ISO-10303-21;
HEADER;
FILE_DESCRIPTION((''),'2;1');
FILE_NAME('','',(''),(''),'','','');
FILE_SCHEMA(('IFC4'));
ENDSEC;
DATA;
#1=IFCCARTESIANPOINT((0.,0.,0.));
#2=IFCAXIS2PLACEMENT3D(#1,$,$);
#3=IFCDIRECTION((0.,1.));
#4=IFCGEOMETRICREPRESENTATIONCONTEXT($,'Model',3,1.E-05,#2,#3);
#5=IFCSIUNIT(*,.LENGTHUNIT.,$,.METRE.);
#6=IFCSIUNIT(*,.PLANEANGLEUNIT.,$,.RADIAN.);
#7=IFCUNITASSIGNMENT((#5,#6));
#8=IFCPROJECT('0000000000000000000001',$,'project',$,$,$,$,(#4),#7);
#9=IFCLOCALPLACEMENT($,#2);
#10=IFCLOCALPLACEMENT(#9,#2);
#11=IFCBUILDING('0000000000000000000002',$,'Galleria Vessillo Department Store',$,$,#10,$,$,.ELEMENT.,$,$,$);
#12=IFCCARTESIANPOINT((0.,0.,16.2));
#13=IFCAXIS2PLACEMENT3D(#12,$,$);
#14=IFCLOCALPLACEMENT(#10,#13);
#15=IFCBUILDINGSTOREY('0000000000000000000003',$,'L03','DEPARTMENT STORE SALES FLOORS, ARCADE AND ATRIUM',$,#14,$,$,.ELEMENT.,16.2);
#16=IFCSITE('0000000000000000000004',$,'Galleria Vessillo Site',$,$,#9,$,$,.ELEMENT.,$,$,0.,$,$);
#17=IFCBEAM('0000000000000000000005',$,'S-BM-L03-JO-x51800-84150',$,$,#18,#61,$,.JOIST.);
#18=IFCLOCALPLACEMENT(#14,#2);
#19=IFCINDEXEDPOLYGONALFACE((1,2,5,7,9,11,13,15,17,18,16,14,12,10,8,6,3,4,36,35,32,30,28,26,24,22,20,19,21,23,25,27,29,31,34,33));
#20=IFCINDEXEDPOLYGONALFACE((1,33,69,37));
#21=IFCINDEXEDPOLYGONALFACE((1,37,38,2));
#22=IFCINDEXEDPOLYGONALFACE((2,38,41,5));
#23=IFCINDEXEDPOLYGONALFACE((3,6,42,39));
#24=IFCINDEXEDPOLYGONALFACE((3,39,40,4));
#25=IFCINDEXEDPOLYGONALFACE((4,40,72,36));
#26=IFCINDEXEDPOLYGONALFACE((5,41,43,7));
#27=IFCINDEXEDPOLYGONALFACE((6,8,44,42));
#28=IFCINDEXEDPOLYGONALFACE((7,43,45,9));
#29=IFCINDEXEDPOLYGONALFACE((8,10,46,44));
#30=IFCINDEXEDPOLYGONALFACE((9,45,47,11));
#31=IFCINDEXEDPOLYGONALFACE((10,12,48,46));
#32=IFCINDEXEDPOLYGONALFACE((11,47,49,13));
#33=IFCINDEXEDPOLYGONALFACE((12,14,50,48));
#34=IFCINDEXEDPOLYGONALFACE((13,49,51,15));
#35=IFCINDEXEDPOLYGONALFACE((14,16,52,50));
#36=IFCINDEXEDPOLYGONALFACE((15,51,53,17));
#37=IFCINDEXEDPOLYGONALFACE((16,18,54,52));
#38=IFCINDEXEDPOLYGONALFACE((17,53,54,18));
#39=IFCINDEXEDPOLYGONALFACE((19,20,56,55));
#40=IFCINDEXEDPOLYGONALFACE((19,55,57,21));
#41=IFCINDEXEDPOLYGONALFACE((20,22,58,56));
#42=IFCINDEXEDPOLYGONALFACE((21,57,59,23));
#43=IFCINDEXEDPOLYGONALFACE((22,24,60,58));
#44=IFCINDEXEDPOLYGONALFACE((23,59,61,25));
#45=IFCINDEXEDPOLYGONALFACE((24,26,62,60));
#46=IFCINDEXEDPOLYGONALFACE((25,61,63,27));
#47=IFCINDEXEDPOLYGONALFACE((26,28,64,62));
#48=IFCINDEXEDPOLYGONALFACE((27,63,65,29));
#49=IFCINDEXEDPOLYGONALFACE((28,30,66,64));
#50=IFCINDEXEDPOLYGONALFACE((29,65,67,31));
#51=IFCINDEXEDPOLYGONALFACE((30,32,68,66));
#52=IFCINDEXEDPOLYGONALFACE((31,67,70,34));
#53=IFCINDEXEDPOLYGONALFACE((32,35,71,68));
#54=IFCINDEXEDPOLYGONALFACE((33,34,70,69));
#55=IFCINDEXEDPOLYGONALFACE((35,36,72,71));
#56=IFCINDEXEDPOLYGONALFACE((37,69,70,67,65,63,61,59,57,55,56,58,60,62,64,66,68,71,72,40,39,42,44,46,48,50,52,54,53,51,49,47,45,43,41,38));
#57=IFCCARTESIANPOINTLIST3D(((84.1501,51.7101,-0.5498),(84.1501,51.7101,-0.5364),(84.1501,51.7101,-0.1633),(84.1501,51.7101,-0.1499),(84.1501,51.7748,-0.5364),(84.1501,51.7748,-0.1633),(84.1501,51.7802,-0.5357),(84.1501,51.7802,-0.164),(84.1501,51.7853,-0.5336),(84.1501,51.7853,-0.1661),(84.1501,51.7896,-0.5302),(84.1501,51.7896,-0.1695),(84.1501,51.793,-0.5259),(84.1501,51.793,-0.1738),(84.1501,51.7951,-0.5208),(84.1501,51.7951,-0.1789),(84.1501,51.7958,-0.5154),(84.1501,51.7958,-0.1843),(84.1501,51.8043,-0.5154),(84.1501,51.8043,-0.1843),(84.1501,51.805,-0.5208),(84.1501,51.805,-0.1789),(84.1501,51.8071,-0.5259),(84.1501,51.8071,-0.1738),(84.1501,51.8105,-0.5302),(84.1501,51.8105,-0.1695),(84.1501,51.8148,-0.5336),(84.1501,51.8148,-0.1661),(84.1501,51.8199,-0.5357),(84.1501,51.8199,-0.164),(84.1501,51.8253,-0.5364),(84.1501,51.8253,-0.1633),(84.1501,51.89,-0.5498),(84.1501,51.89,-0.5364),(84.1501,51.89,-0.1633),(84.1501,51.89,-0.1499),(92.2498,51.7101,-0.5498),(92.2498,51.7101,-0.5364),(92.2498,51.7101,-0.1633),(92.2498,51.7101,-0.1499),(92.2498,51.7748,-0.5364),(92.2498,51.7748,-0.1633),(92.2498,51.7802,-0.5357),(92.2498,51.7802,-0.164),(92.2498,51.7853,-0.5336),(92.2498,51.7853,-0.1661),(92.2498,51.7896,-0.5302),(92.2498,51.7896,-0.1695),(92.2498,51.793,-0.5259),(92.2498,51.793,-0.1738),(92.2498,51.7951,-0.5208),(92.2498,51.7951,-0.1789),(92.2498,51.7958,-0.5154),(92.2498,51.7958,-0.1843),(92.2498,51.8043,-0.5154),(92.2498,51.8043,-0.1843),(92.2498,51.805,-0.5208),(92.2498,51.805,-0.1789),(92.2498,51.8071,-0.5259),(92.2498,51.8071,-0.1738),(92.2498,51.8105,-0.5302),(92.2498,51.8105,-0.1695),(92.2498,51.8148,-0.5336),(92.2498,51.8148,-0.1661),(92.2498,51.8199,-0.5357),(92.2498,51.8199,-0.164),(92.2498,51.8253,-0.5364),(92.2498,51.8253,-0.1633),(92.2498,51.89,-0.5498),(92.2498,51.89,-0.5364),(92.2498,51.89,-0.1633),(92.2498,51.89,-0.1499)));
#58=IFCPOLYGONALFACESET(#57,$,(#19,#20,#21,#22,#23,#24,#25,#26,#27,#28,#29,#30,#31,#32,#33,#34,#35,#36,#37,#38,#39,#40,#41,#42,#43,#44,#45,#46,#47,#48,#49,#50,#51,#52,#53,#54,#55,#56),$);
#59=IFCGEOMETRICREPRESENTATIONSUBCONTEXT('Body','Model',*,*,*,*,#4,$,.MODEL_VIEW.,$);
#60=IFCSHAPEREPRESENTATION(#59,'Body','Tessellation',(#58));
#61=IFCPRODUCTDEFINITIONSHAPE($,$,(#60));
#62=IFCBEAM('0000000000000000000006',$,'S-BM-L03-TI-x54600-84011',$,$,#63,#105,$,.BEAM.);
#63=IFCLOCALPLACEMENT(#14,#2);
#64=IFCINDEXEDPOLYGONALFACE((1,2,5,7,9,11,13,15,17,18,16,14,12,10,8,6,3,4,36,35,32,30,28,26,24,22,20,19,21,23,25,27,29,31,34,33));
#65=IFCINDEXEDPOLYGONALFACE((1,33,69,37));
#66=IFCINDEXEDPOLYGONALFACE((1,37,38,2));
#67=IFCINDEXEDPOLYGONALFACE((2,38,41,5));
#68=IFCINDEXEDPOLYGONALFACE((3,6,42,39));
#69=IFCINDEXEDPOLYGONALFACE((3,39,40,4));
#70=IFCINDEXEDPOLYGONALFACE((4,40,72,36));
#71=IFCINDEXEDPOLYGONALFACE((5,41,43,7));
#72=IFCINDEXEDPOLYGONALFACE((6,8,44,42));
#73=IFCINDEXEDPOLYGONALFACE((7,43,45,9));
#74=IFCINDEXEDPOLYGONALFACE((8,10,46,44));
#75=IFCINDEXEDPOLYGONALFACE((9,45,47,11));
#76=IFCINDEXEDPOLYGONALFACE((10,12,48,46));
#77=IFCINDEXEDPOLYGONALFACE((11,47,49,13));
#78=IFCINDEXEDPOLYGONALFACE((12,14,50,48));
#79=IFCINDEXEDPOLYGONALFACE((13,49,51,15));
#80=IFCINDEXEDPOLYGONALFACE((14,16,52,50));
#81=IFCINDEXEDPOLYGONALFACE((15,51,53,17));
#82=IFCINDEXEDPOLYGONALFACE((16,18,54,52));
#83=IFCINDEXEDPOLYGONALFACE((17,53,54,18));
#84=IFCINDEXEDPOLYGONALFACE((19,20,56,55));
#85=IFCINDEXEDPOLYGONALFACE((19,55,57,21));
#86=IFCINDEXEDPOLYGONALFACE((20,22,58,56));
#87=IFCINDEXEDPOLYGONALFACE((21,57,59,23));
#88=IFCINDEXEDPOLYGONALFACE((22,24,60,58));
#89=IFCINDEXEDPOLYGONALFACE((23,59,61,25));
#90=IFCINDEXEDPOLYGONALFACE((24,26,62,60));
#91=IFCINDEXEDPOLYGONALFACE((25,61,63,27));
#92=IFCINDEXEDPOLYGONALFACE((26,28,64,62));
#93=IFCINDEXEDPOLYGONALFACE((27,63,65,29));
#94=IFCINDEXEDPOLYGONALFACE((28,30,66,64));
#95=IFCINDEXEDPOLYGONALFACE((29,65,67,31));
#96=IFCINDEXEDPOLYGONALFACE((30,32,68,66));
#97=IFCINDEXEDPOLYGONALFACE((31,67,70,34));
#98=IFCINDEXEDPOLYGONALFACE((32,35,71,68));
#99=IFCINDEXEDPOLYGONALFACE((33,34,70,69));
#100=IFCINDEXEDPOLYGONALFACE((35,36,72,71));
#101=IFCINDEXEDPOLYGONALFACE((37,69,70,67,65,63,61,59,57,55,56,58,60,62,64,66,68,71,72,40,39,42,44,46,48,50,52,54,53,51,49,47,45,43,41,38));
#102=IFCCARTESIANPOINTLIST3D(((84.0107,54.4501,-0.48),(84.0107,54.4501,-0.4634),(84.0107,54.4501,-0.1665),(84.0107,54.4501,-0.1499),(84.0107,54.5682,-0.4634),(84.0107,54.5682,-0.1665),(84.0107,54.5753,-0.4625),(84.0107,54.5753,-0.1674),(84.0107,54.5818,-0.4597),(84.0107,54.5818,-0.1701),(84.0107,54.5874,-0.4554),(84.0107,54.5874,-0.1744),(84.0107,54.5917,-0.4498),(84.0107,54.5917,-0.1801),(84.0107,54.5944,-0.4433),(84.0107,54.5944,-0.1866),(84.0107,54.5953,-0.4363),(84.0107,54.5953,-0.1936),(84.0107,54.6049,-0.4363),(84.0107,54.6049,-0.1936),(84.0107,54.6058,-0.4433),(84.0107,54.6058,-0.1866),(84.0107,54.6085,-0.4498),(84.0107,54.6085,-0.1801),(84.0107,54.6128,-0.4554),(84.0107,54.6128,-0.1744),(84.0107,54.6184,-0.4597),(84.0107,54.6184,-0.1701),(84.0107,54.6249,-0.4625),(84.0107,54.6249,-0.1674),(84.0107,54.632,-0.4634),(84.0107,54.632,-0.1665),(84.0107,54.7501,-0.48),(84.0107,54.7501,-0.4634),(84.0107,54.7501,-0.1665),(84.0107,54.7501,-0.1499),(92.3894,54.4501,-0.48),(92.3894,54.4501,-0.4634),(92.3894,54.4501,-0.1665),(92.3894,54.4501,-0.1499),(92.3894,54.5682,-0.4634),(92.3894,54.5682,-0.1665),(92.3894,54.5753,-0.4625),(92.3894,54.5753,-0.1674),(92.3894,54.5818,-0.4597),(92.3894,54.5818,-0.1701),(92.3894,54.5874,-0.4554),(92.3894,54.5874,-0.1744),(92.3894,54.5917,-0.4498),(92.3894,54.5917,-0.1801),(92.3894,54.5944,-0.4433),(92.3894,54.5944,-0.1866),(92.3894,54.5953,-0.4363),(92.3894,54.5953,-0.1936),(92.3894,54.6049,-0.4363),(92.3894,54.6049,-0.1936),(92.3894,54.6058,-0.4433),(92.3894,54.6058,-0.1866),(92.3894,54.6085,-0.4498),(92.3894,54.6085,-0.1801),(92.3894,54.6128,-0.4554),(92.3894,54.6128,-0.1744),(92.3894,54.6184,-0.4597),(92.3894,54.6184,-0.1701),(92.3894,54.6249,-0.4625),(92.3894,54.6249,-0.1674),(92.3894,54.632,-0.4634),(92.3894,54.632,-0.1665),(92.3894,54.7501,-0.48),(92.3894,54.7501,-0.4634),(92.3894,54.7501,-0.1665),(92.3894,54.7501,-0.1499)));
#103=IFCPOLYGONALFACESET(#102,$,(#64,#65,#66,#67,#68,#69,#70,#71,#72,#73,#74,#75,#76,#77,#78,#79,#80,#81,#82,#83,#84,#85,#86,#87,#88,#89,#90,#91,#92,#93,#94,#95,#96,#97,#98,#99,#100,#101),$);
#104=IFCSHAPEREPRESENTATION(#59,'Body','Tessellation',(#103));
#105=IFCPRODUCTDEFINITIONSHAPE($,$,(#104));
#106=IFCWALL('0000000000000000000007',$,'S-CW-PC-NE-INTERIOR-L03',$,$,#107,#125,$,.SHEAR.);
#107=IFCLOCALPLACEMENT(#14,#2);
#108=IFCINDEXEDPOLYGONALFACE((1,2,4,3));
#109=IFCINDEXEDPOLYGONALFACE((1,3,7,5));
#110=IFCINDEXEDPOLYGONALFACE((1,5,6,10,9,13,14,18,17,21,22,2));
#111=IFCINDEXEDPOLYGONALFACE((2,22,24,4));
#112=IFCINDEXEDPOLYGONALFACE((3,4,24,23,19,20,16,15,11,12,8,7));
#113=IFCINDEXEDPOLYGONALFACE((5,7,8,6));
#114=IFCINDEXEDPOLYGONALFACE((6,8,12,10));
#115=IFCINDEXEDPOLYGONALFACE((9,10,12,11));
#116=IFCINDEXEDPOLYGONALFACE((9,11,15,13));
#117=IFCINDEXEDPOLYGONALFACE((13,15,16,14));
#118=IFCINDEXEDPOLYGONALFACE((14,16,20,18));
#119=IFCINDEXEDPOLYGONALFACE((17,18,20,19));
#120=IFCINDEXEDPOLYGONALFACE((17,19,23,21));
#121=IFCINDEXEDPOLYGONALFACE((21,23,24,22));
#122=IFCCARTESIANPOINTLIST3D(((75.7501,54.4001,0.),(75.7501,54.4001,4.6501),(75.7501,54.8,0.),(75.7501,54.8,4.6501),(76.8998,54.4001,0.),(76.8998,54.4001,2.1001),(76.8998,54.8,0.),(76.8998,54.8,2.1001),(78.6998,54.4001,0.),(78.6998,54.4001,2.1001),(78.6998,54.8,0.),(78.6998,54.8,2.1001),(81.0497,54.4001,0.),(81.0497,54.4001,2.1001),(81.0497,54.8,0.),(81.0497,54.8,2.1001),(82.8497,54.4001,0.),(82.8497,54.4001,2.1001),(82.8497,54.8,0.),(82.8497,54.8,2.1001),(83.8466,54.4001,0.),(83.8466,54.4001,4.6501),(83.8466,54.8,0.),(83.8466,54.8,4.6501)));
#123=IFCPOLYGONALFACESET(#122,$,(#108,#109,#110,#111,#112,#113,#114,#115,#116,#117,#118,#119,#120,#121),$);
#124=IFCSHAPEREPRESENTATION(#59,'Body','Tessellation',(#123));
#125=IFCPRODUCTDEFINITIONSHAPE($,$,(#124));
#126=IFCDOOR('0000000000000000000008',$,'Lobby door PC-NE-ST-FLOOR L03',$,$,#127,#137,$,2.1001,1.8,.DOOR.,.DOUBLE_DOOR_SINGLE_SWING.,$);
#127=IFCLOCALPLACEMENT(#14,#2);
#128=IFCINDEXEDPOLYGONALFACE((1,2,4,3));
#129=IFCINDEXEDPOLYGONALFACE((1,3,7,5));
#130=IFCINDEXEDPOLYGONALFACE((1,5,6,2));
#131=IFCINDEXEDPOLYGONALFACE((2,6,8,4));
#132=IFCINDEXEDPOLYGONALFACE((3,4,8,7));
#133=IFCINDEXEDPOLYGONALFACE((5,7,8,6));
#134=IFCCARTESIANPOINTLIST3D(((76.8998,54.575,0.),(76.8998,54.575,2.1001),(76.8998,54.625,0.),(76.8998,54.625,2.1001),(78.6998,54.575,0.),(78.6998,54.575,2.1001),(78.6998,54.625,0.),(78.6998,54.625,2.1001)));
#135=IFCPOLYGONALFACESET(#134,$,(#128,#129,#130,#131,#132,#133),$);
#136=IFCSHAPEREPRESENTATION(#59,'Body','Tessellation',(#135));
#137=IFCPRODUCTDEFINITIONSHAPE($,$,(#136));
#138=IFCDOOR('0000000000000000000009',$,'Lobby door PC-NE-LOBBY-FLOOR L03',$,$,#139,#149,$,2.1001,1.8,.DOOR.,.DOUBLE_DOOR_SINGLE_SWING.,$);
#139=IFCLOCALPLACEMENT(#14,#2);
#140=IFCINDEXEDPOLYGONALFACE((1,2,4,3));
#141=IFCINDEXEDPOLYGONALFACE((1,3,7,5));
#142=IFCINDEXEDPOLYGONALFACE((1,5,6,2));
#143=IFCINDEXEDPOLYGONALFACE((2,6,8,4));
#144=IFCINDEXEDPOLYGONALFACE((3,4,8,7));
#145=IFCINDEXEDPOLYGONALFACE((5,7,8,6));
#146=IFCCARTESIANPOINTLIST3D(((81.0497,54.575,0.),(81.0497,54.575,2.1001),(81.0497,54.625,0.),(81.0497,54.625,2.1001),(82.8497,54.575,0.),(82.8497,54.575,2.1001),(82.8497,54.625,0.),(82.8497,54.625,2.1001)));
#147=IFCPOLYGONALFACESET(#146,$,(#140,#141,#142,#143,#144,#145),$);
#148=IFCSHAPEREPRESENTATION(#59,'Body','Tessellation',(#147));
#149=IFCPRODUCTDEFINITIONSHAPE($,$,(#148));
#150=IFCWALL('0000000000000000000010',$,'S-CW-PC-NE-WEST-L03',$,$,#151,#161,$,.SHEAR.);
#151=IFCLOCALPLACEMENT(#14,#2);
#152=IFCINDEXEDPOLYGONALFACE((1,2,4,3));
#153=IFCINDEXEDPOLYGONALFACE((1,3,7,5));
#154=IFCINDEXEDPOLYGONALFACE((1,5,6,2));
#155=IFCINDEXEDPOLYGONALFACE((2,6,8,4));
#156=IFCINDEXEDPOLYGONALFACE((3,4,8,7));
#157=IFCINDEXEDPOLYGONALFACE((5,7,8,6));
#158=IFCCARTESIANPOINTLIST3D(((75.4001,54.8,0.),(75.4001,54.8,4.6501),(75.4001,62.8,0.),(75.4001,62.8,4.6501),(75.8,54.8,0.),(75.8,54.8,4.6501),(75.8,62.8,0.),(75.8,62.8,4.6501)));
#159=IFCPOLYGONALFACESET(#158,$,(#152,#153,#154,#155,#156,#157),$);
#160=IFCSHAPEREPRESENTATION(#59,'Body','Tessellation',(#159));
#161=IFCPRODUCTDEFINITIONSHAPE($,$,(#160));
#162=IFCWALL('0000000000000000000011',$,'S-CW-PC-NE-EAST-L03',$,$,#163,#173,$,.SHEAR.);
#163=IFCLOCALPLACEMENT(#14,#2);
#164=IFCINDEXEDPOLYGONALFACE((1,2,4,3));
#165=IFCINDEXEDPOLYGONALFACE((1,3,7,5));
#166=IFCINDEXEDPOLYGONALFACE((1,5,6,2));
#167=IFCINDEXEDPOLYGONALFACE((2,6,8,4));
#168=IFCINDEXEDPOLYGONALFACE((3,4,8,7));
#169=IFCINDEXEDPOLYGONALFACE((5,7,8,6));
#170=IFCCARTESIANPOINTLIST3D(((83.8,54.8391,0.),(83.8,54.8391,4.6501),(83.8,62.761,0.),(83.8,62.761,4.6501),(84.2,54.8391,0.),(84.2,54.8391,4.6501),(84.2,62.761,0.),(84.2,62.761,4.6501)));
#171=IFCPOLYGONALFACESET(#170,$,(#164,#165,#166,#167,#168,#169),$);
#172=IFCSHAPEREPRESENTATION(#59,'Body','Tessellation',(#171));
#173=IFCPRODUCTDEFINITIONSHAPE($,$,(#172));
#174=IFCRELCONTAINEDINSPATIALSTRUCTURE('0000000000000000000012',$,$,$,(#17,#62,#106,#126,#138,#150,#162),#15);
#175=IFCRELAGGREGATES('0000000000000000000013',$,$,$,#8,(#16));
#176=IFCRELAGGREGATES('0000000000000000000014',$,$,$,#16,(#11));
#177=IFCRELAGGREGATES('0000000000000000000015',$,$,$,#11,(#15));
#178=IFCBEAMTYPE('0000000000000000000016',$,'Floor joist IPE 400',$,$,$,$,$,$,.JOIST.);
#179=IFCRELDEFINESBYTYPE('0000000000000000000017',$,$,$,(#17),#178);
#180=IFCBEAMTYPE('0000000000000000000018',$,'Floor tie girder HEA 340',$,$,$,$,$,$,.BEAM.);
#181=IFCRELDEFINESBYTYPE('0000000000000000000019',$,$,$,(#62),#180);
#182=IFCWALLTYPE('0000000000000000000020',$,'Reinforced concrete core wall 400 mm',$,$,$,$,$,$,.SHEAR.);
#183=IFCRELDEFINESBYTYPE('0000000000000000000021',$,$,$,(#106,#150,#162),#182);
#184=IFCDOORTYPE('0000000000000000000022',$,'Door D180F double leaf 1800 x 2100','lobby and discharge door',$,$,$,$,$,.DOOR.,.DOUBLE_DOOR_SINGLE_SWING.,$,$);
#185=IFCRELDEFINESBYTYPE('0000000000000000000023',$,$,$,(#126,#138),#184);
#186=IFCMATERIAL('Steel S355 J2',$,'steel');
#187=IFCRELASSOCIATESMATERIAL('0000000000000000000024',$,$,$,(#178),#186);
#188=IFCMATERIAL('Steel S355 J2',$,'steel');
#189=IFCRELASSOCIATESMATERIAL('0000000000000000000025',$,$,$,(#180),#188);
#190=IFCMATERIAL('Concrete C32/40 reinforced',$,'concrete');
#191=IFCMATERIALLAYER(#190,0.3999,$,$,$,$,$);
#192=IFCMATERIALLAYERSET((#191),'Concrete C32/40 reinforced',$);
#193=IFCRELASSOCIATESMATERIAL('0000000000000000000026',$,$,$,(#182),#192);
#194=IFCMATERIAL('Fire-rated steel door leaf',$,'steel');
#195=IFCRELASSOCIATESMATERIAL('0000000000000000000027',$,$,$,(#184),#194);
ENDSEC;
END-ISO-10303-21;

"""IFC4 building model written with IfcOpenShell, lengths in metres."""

from ifc_helpers import new_model, si_unit, direction, frame, frame_2d, origin, origin_2d, place, context, subcontext, project, spatial, rectangle, i_section, extrude, material, layer, layer_set, material_profile, profile_set, type_object, element, fill, save


model = new_model("IFC4")

# Units and contexts
model_context = context("Model", 3, precision=1e-05, world=origin(), true_north=direction((0.0, 1.0)))
body_context = subcontext(model_context, "Body", "Model", "MODEL_VIEW")
ifc_project = project(units=[si_unit("LENGTHUNIT", "METRE"), si_unit("PLANEANGLEUNIT", "RADIAN")], contexts=[model_context])

# Site, building, storey
site_placement = place(None, origin())
site = spatial("IfcSite", under=ifc_project, at=site_placement, Name="Galleria Vessillo Site", CompositionType="ELEMENT", RefElevation=0.0)
building_placement = place(site_placement, origin())
building = spatial("IfcBuilding", under=site, at=building_placement, Name="Galleria Vessillo Department Store", CompositionType="ELEMENT")
storey_placement = place(building_placement, frame((0.0, 0.0, 16.2)))
storey = spatial("IfcBuildingStorey", under=building, at=storey_placement, Name="L03", Description="DEPARTMENT STORE SALES FLOORS, ARCADE AND ATRIUM", CompositionType="ELEMENT", Elevation=16.2)

# Beams
ifc_material_1 = material(Name="Steel S355 J2", Category="steel")
ifc_material_profile_1 = material_profile(ifc_material_1, i_section(OverallWidth=0.1799, OverallDepth=0.3999, WebThickness=0.0085, FlangeThickness=0.0134, FilletRadius=0.021, at=origin_2d()), Name="IPE 400")
ifc_profile_set_1 = profile_set([ifc_material_profile_1], Name="Steel S355 J2")
beam_type_1 = type_object("IfcBeamType", Name="Floor joist IPE 400", PredefinedType="JOIST", material=ifc_profile_set_1)
for number, where, z_axis, x_axis, name in (
    (1, (84.1501, 51.8, -0.3499), (1.0, 0.0, 0.0), (0.0, 1.0, 0.0), "S-BM-L03-JO-x51800-84150"),
):
    element("IfcBeam", number, at=place(storey_placement, frame(where, z_axis=z_axis, x_axis=x_axis)), inside=storey, type_object=beam_type_1, Name=name, PredefinedType="JOIST", context=body_context, shape_type="SweptSolid", body=[
        extrude(i_section(OverallWidth=0.1799, OverallDepth=0.3999, WebThickness=0.0085, FlangeThickness=0.0134, FilletRadius=0.021, at=origin_2d()), origin(), (0.0, 0.0, 1.0), 8.0996),
    ])
ifc_material_2 = material(Name="Steel S355 J2", Category="steel")
ifc_material_profile_2 = material_profile(ifc_material_2, i_section(OverallWidth=0.3, OverallDepth=0.3301, WebThickness=0.0095, FlangeThickness=0.0166, FilletRadius=0.0271, at=origin_2d()), Name="HEA 340")
ifc_profile_set_2 = profile_set([ifc_material_profile_2], Name="Steel S355 J2")
beam_type_2 = type_object("IfcBeamType", Name="Floor tie girder HEA 340", PredefinedType="BEAM", material=ifc_profile_set_2)
beam_1_placement = place(storey_placement, frame((84.0107, 54.6001, -0.3149), z_axis=(1.0, 0.0, 0.0), x_axis=(0.0, 1.0, 0.0)))
element("IfcBeam", 2, at=beam_1_placement, inside=storey, type_object=beam_type_2, Name="S-BM-L03-TI-x54600-84011", PredefinedType="BEAM", context=body_context, shape_type="SweptSolid", body=[
    extrude(i_section(OverallWidth=0.3, OverallDepth=0.3301, WebThickness=0.0095, FlangeThickness=0.0166, FilletRadius=0.0271, at=origin_2d()), origin(), (0.0, 0.0, 1.0), 8.3787),
])

# Wall, openings, doors
ifc_material_3 = material(Name="Concrete C32/40 reinforced", Category="concrete")
ifc_layer_1 = layer(ifc_material_3, 0.3999)
ifc_layer_set_1 = layer_set([ifc_layer_1], Name="Concrete C32/40 reinforced")
wall_type_1 = type_object("IfcWallType", Name="Reinforced concrete core wall 400 mm", PredefinedType="SHEAR", material=ifc_layer_set_1)
wall_1_placement = place(storey_placement, frame((75.75, 54.6001, 0.0), z_axis=(0.0, 0.0, 1.0), x_axis=(1.0, 0.0, 0.0)))
wall_1 = element("IfcWall", 3, at=wall_1_placement, inside=storey, type_object=wall_type_1, Name="S-CW-PC-NE-INTERIOR-L03", PredefinedType="SHEAR", context=body_context, shape_type="SweptSolid", body=[
    extrude(rectangle(XDim=8.0964, YDim=0.3999, at=frame_2d((4.0483, 0.0))), origin(), (0.0, 0.0, 1.0), 4.6501),
])
opening_1_placement = place(wall_1_placement, frame((1.1499, 0.0, 0.0)))
opening_1 = element("IfcOpeningElement", 4, at=opening_1_placement, cuts=wall_1, PredefinedType="OPENING", context=body_context, shape_type="SweptSolid", body=[
    extrude(rectangle(XDim=1.8, YDim=2.1001, at=frame_2d((0.8999, 1.05))), frame((0.0, 0.21, 0.0), z_axis=(0.0, -1.0, 0.0), x_axis=(1.0, 0.0, 0.0)), (0.0, 0.0, 1.0), 0.4199),
])
opening_2_placement = place(wall_1_placement, frame((5.2998, 0.0, 0.0)))
opening_2 = element("IfcOpeningElement", 5, at=opening_2_placement, cuts=wall_1, PredefinedType="OPENING", context=body_context, shape_type="SweptSolid", body=[
    extrude(rectangle(XDim=1.8, YDim=2.1001, at=frame_2d((0.8999, 1.05))), frame((0.0, 0.21, 0.0), z_axis=(0.0, -1.0, 0.0), x_axis=(1.0, 0.0, 0.0)), (0.0, 0.0, 1.0), 0.4199),
])
ifc_material_4 = material(Name="Fire-rated steel door leaf", Category="steel")
door_type_1 = type_object("IfcDoorType", Name="Door D180F double leaf 1800 x 2100", Description="lobby and discharge door", OperationType="DOUBLE_DOOR_SINGLE_SWING", PredefinedType="DOOR", material=ifc_material_4)
door_1_placement = place(opening_1_placement, origin())
door_1 = element("IfcDoor", 6, at=door_1_placement, inside=storey, type_object=door_type_1, Name="Lobby door PC-NE-ST-FLOOR L03", OperationType="DOUBLE_DOOR_SINGLE_SWING", OverallHeight=2.1001, OverallWidth=1.8, PredefinedType="DOOR", context=body_context, shape_type="SweptSolid", body=[
    extrude(rectangle(XDim=1.8, YDim=2.1001, at=frame_2d((0.8999, 1.05))), frame((0.0, 0.0249, 0.0), z_axis=(0.0, -1.0, 0.0), x_axis=(1.0, 0.0, 0.0)), (0.0, 0.0, 1.0), 0.05),
])
fill(opening_1, door_1)
door_2_placement = place(opening_2_placement, origin())
door_2 = element("IfcDoor", 7, at=door_2_placement, inside=storey, type_object=door_type_1, Name="Lobby door PC-NE-LOBBY-FLOOR L03", OperationType="DOUBLE_DOOR_SINGLE_SWING", OverallHeight=2.1001, OverallWidth=1.8, PredefinedType="DOOR", context=body_context, shape_type="SweptSolid", body=[
    extrude(rectangle(XDim=1.8, YDim=2.1001, at=frame_2d((0.8999, 1.05))), frame((0.0, 0.0249, 0.0), z_axis=(0.0, -1.0, 0.0), x_axis=(1.0, 0.0, 0.0)), (0.0, 0.0, 1.0), 0.05),
])
fill(opening_2, door_2)

# Walls
wall_2_placement = place(storey_placement, frame((75.6001, 54.8, 0.0), z_axis=(0.0, 0.0, 1.0), x_axis=(0.0, 1.0, 0.0)))
element("IfcWall", 8, at=wall_2_placement, inside=storey, type_object=wall_type_1, Name="S-CW-PC-NE-WEST-L03", PredefinedType="SHEAR", context=body_context, shape_type="SweptSolid", body=[
    extrude(rectangle(XDim=8.0, YDim=0.3999, at=frame_2d((4.0, 0.0))), origin(), (0.0, 0.0, 1.0), 4.6501),
])
wall_3_placement = place(storey_placement, frame((84.0, 54.8391, 0.0), z_axis=(0.0, 0.0, 1.0), x_axis=(0.0, 1.0, 0.0)))
element("IfcWall", 9, at=wall_3_placement, inside=storey, type_object=wall_type_1, Name="S-CW-PC-NE-EAST-L03", PredefinedType="SHEAR", context=body_context, shape_type="SweptSolid", body=[
    extrude(rectangle(XDim=7.9219, YDim=0.3999, at=frame_2d((3.9609, 0.0))), origin(), (0.0, 0.0, 1.0), 4.6501),
])

save(model, "model.ifc")
